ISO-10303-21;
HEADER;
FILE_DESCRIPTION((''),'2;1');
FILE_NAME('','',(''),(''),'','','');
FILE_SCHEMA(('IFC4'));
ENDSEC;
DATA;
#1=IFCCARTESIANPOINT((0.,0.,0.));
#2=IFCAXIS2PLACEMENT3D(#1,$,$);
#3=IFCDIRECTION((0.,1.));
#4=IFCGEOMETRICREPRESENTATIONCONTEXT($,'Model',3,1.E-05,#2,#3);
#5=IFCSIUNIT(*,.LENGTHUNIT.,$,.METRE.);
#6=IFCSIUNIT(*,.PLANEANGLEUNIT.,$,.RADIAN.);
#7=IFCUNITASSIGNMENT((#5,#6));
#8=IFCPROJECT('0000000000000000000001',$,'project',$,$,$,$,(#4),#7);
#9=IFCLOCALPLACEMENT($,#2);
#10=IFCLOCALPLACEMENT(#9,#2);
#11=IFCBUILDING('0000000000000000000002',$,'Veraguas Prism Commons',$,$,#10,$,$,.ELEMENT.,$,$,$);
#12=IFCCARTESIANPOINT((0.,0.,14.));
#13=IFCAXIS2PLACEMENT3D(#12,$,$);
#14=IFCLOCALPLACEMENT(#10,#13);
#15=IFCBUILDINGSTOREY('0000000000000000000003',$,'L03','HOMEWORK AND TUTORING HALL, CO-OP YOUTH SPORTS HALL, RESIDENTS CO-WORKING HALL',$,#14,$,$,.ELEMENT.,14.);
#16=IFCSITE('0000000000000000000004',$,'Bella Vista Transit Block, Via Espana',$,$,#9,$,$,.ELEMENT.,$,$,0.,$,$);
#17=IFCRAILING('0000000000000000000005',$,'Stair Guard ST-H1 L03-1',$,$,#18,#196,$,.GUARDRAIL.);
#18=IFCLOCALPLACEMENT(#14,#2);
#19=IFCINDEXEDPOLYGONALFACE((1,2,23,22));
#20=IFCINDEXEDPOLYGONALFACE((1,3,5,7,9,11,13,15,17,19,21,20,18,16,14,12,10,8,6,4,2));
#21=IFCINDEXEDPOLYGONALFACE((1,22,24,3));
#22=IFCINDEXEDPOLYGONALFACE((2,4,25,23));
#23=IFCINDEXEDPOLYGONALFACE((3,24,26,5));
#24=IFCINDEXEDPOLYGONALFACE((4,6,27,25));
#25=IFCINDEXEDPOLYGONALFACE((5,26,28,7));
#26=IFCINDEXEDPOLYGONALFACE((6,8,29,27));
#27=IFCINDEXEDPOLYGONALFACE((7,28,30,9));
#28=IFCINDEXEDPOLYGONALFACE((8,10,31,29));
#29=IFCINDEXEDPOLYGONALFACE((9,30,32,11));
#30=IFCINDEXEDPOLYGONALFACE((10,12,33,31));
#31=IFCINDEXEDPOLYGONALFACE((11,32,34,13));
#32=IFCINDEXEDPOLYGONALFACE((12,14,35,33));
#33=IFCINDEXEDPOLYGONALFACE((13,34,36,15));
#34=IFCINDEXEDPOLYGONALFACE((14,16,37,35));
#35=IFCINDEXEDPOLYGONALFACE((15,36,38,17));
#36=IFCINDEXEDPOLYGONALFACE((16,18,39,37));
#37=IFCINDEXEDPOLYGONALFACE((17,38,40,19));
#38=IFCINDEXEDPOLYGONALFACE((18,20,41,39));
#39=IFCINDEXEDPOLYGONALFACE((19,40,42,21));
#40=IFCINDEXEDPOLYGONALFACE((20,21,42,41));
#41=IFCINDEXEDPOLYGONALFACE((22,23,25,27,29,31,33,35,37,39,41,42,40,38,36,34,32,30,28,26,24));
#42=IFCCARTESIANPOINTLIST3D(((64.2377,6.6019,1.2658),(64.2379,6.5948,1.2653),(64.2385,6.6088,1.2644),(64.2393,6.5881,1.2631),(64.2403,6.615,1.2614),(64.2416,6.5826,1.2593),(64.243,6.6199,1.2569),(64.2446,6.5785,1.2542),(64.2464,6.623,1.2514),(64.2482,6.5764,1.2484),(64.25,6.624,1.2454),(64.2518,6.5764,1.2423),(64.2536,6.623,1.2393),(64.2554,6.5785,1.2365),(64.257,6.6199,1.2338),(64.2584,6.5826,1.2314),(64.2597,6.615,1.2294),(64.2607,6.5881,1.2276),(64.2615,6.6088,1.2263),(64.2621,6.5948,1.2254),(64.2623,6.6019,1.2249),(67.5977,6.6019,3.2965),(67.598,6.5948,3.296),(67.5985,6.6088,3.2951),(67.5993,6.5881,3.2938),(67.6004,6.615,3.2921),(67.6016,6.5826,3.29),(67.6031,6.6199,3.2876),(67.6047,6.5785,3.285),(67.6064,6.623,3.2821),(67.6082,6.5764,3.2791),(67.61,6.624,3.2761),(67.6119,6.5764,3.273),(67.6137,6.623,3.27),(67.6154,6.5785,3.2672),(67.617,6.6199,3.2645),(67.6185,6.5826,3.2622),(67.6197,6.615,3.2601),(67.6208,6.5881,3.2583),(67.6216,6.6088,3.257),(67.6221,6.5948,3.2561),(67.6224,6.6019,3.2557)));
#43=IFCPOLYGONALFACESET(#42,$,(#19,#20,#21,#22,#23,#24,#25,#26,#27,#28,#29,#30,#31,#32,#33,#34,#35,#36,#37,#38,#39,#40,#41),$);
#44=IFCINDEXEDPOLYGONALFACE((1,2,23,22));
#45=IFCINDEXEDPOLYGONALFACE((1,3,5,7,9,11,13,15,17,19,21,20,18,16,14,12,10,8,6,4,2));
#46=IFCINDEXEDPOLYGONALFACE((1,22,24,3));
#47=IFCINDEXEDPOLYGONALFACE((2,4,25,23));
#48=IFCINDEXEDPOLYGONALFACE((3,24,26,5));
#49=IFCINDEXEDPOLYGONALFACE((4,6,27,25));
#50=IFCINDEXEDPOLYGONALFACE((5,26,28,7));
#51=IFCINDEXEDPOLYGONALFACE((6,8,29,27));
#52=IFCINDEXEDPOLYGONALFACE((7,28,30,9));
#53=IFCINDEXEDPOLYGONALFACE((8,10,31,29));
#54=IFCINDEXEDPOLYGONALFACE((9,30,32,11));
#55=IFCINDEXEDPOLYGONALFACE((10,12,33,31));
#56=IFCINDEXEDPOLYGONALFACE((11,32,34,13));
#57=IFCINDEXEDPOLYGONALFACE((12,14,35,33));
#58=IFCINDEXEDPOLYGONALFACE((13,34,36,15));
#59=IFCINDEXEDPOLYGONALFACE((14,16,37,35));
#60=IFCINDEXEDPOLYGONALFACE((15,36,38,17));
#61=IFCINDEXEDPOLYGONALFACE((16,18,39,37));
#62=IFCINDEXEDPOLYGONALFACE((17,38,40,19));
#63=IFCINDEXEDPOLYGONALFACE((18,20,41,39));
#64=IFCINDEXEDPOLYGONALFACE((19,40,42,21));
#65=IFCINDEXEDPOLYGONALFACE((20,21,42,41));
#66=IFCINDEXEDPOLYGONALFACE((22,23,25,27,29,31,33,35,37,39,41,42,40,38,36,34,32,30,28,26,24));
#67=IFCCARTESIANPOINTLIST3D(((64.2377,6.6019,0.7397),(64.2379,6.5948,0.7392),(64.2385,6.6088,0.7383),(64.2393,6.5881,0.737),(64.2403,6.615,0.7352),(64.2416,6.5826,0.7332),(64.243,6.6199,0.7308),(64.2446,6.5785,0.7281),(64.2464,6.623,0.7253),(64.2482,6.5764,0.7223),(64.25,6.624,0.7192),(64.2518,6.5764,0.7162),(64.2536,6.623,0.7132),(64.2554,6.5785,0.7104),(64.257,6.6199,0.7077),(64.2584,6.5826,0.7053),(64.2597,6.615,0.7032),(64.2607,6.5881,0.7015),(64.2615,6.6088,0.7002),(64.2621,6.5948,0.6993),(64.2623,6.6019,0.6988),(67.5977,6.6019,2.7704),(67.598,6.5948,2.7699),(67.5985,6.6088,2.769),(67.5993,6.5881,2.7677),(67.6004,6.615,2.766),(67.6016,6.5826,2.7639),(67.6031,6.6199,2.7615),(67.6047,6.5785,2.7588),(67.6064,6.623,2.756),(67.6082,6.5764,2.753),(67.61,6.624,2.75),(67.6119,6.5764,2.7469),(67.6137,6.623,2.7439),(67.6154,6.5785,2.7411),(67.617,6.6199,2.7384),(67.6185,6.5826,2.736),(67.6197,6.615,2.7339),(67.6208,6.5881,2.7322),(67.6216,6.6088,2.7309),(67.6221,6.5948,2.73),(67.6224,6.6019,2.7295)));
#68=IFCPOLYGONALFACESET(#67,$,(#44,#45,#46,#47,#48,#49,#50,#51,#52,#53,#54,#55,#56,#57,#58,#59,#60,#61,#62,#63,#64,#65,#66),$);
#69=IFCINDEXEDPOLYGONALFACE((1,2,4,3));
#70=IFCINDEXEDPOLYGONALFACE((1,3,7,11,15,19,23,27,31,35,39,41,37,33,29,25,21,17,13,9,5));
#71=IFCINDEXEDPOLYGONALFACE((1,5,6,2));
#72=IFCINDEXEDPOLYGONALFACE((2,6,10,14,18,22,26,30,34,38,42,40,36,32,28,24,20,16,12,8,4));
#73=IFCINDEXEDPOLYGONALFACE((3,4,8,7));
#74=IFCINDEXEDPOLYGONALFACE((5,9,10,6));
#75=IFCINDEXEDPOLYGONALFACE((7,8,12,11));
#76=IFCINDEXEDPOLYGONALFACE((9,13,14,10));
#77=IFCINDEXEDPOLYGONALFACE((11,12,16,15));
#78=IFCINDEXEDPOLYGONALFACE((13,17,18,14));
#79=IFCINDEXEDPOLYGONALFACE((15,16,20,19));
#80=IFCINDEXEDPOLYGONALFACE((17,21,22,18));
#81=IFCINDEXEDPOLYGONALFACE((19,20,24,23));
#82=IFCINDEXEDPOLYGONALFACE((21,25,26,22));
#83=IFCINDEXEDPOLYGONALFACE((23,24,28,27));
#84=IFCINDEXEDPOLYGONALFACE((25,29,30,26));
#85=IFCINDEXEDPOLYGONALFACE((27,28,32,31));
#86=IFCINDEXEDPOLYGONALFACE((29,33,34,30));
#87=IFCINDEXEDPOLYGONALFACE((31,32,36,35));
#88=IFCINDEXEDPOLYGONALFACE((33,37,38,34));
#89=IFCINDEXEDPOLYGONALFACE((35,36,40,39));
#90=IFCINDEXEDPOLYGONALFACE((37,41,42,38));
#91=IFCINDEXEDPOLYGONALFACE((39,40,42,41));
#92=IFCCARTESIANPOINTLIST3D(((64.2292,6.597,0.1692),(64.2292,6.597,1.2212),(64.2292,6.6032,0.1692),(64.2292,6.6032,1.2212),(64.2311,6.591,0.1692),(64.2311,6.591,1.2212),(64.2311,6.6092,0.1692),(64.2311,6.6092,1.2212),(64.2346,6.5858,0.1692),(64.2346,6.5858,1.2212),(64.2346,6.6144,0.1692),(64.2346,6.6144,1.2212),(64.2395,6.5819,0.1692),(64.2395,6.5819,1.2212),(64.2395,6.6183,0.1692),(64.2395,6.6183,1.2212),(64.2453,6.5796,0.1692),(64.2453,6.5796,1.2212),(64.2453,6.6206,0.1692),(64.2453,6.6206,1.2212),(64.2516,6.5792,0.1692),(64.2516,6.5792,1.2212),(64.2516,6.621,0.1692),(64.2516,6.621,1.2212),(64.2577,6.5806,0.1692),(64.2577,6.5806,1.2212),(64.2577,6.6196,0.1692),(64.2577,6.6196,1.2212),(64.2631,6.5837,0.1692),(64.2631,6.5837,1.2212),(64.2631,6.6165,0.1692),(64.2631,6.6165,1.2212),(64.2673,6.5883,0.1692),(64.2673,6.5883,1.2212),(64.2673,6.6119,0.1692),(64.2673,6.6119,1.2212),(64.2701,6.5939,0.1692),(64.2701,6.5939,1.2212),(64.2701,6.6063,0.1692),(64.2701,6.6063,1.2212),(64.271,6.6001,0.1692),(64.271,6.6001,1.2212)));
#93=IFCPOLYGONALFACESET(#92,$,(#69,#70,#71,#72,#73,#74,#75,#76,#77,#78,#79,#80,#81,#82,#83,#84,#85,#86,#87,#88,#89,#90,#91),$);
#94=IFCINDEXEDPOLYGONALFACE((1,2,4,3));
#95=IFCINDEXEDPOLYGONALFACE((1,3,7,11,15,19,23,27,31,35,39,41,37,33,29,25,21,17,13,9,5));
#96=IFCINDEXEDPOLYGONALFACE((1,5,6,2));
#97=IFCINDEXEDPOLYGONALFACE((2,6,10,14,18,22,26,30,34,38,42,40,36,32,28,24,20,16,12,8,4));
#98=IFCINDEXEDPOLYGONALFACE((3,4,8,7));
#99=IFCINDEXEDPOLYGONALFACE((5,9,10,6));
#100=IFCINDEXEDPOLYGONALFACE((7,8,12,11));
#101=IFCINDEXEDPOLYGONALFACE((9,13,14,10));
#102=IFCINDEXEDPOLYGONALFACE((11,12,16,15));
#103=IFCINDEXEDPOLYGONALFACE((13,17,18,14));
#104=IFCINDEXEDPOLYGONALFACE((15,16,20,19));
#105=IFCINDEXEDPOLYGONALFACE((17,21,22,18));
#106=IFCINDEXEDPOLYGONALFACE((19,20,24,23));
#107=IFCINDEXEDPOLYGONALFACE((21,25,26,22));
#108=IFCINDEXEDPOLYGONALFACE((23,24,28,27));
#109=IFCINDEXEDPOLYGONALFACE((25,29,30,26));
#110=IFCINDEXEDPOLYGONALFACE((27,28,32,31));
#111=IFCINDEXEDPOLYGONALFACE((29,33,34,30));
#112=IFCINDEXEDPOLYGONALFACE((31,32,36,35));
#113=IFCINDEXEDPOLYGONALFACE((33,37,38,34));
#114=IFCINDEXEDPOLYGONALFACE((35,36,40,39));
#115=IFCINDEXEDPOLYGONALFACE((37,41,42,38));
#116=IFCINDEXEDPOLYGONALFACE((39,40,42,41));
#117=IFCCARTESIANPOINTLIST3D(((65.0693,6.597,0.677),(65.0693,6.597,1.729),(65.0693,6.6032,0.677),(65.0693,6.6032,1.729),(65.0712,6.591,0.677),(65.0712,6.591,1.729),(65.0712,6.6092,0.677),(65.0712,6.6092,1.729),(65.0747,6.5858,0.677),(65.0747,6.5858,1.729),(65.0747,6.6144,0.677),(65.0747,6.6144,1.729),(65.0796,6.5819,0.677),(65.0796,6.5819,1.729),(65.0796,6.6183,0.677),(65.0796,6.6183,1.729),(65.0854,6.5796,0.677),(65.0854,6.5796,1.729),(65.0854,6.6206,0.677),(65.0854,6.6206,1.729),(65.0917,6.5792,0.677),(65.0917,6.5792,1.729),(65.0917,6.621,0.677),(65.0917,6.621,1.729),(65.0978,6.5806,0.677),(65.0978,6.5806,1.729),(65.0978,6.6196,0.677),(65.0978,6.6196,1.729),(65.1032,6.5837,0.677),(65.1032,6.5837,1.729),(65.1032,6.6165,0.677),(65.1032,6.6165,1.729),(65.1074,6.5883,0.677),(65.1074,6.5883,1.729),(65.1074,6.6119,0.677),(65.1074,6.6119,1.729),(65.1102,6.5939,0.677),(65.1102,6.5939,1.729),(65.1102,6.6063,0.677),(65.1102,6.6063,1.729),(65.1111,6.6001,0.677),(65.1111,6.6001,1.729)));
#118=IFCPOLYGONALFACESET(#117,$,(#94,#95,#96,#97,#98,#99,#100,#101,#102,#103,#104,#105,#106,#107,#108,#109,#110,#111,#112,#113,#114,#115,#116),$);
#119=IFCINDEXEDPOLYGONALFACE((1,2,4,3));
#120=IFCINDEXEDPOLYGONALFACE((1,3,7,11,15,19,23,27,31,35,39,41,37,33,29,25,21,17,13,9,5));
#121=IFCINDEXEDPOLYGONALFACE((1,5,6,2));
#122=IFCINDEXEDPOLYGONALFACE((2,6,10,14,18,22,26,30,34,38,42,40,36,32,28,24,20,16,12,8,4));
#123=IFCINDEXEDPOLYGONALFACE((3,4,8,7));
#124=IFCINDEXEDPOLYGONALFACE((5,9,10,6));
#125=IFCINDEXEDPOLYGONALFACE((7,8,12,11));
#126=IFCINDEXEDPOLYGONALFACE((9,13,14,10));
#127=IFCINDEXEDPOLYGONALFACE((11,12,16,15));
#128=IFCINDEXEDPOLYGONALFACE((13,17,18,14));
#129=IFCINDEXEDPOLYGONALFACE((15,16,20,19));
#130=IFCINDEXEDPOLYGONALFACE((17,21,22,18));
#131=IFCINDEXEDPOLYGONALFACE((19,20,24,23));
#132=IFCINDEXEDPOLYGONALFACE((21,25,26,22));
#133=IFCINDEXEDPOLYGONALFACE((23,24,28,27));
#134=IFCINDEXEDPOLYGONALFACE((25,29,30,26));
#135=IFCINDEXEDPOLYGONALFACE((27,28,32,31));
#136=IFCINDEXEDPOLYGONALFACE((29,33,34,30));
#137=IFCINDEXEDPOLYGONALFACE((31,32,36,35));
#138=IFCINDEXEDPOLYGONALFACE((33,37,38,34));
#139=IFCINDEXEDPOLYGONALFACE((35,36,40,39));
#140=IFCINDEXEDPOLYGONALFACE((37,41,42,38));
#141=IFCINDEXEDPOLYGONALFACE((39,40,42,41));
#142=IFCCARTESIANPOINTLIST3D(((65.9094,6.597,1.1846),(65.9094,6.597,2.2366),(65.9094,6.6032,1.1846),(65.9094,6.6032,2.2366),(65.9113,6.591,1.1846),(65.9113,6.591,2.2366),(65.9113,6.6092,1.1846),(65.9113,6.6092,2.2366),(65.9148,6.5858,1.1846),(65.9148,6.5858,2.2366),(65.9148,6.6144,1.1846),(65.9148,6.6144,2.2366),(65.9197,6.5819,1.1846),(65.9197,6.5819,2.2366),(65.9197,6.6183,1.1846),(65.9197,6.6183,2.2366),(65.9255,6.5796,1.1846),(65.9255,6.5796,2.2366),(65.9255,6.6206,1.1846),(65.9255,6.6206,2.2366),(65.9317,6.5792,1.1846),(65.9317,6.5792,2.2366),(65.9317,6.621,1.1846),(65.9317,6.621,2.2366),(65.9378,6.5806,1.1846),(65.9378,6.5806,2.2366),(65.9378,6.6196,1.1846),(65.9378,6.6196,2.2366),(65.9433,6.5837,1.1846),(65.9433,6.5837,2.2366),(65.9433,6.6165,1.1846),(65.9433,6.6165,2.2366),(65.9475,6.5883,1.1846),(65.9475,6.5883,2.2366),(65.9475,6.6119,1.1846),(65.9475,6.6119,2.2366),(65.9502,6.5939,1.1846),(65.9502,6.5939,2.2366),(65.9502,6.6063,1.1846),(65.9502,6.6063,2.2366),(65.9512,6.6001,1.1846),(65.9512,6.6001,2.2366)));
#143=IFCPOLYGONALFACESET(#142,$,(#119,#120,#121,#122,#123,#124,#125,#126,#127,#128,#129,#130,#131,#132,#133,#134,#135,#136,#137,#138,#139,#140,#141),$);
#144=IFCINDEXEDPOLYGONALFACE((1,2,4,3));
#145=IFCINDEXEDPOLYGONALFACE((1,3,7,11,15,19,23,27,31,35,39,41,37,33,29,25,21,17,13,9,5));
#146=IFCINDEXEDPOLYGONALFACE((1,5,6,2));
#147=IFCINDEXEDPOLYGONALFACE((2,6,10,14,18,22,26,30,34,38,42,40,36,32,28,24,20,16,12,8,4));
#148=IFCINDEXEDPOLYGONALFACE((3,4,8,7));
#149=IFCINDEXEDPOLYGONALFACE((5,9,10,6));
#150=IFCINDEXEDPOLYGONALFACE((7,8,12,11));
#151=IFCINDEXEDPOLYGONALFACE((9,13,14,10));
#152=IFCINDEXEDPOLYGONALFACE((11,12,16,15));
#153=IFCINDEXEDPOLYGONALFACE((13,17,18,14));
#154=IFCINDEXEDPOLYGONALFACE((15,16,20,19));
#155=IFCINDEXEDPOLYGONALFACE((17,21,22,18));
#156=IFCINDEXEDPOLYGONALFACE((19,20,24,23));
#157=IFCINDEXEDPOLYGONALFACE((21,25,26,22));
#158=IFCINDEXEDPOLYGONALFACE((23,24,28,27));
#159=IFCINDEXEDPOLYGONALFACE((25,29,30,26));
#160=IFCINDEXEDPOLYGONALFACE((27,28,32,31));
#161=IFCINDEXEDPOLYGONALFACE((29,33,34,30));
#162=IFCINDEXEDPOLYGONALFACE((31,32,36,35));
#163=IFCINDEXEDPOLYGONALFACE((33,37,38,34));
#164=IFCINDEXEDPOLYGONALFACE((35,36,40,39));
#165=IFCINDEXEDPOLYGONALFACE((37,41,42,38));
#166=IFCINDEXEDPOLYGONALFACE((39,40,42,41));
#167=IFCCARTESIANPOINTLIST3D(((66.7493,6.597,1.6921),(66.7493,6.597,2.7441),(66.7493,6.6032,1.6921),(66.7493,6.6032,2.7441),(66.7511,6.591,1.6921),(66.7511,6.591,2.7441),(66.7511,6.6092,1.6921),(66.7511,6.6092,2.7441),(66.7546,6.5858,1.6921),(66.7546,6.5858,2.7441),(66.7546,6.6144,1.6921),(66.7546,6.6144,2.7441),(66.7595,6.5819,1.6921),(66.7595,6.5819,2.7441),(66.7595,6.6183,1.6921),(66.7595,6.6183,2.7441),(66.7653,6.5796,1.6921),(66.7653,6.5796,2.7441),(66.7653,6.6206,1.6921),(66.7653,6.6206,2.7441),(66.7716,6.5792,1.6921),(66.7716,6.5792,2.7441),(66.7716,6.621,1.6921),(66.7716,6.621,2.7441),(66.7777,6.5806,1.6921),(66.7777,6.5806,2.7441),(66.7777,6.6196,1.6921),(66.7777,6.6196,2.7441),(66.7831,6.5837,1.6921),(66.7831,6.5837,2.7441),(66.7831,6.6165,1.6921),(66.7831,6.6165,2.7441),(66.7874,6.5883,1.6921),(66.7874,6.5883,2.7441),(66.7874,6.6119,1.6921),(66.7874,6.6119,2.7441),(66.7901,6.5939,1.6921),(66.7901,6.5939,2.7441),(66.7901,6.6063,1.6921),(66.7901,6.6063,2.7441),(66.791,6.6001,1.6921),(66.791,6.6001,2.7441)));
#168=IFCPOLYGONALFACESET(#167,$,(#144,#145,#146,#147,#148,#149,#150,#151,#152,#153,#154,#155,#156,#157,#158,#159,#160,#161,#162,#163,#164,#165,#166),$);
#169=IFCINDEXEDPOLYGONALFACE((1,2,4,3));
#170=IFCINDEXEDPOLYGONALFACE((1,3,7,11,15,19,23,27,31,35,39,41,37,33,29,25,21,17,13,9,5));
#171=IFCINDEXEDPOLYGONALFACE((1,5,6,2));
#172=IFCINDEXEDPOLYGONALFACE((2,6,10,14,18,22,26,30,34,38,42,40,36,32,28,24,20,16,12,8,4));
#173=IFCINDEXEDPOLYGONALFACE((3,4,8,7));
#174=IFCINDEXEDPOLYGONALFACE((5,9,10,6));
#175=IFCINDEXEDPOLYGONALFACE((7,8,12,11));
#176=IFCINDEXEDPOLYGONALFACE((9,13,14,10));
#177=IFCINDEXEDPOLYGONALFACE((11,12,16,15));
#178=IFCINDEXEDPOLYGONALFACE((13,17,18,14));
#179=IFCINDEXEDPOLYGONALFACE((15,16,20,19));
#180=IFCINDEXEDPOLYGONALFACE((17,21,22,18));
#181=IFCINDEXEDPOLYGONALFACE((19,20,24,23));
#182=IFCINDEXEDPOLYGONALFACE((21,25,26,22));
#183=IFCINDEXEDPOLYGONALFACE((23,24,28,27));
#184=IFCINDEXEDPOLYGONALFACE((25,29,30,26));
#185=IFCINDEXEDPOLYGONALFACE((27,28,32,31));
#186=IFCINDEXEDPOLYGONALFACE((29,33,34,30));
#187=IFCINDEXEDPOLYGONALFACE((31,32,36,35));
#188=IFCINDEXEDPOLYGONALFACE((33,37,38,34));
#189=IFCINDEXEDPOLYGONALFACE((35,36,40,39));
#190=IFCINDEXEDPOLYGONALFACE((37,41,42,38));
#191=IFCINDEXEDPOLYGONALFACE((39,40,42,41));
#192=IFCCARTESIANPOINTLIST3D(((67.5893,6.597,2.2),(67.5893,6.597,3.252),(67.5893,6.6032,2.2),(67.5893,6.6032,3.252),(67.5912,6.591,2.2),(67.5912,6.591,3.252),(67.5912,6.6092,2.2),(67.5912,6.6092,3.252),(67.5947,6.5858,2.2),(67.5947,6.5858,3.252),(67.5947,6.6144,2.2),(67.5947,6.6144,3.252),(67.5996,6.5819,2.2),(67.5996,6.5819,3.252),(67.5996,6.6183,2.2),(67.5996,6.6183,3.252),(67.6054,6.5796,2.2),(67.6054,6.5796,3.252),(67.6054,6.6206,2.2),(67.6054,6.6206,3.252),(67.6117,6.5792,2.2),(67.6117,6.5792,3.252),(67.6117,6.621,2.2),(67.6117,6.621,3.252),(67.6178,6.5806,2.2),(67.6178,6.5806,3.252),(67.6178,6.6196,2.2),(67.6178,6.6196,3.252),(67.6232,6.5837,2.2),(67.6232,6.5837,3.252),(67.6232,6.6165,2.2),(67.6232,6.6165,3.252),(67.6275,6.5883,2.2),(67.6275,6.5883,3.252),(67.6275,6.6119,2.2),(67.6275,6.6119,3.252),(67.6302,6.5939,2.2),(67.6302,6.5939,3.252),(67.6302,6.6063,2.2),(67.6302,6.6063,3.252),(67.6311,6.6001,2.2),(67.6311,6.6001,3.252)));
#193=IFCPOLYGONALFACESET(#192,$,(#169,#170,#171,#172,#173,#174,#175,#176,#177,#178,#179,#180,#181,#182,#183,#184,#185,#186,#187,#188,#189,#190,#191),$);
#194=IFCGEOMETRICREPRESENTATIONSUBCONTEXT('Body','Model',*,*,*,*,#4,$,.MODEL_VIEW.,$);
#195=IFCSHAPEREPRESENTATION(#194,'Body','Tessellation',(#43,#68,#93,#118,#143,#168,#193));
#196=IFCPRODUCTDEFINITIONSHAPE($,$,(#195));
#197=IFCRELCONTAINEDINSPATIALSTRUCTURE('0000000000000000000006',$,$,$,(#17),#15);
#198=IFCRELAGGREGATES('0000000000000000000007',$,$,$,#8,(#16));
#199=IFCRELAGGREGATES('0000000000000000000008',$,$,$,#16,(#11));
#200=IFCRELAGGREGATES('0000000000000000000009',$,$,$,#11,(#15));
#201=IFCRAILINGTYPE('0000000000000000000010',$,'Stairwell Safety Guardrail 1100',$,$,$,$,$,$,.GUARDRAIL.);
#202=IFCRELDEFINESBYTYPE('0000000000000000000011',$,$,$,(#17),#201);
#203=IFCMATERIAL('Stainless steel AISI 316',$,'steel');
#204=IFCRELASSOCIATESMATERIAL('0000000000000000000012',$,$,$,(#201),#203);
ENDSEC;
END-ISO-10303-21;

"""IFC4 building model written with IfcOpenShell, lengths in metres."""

from ifc_helpers import new_model, si_unit, direction, frame, origin, origin_2d, place, context, subcontext, project, spatial, circle, extrude, material, type_object, element, save


model = new_model("IFC4")

# Units and contexts
model_context = context("Model", 3, precision=1e-05, world=origin(), true_north=direction((0.0, 1.0)))
body_context = subcontext(model_context, "Body", "Model", "MODEL_VIEW")
ifc_project = project(units=[si_unit("LENGTHUNIT", "METRE"), si_unit("PLANEANGLEUNIT", "RADIAN")], contexts=[model_context])

# Site, building, storey
site_placement = place(None, origin())
site = spatial("IfcSite", under=ifc_project, at=site_placement, Name="Bella Vista Transit Block, Via Espana", CompositionType="ELEMENT", RefElevation=0.0)
building_placement = place(site_placement, origin())
building = spatial("IfcBuilding", under=site, at=building_placement, Name="Veraguas Prism Commons", CompositionType="ELEMENT")
storey_placement = place(building_placement, frame((0.0, 0.0, 14.0)))
storey = spatial("IfcBuildingStorey", under=building, at=storey_placement, Name="L03", Description="HOMEWORK AND TUTORING HALL, CO-OP YOUTH SPORTS HALL, RESIDENTS CO-WORKING HALL", CompositionType="ELEMENT", Elevation=14.0)

# Shared definitions
ifc_material_1 = material(Name="Stainless steel AISI 316", Category="steel")

# Railing
railing_type_1 = type_object("IfcRailingType", Name="Stairwell Safety Guardrail 1100", PredefinedType="GUARDRAIL", material=ifc_material_1)
railing_1_placement = place(storey_placement, frame((64.25, 6.6001, 0.1692)))
element("IfcRailing", 1, at=railing_1_placement, inside=storey, type_object=railing_type_1, Name="Stair Guard ST-H1 L03-1", PredefinedType="GUARDRAIL", context=body_context, shape_type="SweptSolid", body=[
    extrude(circle(Radius=0.0239, at=origin_2d()), frame((0.0, 0.0, 1.0762), z_axis=(0.855837, 0.0, 0.517246), x_axis=(0.0, 1.0, 0.0)), (0.0, 0.0, 1.0), 3.926),
    extrude(circle(Radius=0.0239, at=origin_2d()), frame((0.0, 0.0, 0.55), z_axis=(0.855837, 0.0, 0.517246), x_axis=(0.0, 1.0, 0.0)), (0.0, 0.0, 1.0), 3.926),
    extrude(circle(Radius=0.021, at=origin_2d()), origin(), (0.0, 0.0, 1.0), 1.052),
    extrude(circle(Radius=0.021, at=origin_2d()), frame((0.8401, 0.0, 0.5078)), (0.0, 0.0, 1.0), 1.052),
    extrude(circle(Radius=0.021, at=origin_2d()), frame((1.6802, 0.0, 1.0154)), (0.0, 0.0, 1.0), 1.052),
    extrude(circle(Radius=0.021, at=origin_2d()), frame((2.52, 0.0, 1.5229)), (0.0, 0.0, 1.0), 1.052),
    extrude(circle(Radius=0.021, at=origin_2d()), frame((3.3601, 0.0, 2.0308)), (0.0, 0.0, 1.0), 1.052),
])

save(model, "model.ifc")
